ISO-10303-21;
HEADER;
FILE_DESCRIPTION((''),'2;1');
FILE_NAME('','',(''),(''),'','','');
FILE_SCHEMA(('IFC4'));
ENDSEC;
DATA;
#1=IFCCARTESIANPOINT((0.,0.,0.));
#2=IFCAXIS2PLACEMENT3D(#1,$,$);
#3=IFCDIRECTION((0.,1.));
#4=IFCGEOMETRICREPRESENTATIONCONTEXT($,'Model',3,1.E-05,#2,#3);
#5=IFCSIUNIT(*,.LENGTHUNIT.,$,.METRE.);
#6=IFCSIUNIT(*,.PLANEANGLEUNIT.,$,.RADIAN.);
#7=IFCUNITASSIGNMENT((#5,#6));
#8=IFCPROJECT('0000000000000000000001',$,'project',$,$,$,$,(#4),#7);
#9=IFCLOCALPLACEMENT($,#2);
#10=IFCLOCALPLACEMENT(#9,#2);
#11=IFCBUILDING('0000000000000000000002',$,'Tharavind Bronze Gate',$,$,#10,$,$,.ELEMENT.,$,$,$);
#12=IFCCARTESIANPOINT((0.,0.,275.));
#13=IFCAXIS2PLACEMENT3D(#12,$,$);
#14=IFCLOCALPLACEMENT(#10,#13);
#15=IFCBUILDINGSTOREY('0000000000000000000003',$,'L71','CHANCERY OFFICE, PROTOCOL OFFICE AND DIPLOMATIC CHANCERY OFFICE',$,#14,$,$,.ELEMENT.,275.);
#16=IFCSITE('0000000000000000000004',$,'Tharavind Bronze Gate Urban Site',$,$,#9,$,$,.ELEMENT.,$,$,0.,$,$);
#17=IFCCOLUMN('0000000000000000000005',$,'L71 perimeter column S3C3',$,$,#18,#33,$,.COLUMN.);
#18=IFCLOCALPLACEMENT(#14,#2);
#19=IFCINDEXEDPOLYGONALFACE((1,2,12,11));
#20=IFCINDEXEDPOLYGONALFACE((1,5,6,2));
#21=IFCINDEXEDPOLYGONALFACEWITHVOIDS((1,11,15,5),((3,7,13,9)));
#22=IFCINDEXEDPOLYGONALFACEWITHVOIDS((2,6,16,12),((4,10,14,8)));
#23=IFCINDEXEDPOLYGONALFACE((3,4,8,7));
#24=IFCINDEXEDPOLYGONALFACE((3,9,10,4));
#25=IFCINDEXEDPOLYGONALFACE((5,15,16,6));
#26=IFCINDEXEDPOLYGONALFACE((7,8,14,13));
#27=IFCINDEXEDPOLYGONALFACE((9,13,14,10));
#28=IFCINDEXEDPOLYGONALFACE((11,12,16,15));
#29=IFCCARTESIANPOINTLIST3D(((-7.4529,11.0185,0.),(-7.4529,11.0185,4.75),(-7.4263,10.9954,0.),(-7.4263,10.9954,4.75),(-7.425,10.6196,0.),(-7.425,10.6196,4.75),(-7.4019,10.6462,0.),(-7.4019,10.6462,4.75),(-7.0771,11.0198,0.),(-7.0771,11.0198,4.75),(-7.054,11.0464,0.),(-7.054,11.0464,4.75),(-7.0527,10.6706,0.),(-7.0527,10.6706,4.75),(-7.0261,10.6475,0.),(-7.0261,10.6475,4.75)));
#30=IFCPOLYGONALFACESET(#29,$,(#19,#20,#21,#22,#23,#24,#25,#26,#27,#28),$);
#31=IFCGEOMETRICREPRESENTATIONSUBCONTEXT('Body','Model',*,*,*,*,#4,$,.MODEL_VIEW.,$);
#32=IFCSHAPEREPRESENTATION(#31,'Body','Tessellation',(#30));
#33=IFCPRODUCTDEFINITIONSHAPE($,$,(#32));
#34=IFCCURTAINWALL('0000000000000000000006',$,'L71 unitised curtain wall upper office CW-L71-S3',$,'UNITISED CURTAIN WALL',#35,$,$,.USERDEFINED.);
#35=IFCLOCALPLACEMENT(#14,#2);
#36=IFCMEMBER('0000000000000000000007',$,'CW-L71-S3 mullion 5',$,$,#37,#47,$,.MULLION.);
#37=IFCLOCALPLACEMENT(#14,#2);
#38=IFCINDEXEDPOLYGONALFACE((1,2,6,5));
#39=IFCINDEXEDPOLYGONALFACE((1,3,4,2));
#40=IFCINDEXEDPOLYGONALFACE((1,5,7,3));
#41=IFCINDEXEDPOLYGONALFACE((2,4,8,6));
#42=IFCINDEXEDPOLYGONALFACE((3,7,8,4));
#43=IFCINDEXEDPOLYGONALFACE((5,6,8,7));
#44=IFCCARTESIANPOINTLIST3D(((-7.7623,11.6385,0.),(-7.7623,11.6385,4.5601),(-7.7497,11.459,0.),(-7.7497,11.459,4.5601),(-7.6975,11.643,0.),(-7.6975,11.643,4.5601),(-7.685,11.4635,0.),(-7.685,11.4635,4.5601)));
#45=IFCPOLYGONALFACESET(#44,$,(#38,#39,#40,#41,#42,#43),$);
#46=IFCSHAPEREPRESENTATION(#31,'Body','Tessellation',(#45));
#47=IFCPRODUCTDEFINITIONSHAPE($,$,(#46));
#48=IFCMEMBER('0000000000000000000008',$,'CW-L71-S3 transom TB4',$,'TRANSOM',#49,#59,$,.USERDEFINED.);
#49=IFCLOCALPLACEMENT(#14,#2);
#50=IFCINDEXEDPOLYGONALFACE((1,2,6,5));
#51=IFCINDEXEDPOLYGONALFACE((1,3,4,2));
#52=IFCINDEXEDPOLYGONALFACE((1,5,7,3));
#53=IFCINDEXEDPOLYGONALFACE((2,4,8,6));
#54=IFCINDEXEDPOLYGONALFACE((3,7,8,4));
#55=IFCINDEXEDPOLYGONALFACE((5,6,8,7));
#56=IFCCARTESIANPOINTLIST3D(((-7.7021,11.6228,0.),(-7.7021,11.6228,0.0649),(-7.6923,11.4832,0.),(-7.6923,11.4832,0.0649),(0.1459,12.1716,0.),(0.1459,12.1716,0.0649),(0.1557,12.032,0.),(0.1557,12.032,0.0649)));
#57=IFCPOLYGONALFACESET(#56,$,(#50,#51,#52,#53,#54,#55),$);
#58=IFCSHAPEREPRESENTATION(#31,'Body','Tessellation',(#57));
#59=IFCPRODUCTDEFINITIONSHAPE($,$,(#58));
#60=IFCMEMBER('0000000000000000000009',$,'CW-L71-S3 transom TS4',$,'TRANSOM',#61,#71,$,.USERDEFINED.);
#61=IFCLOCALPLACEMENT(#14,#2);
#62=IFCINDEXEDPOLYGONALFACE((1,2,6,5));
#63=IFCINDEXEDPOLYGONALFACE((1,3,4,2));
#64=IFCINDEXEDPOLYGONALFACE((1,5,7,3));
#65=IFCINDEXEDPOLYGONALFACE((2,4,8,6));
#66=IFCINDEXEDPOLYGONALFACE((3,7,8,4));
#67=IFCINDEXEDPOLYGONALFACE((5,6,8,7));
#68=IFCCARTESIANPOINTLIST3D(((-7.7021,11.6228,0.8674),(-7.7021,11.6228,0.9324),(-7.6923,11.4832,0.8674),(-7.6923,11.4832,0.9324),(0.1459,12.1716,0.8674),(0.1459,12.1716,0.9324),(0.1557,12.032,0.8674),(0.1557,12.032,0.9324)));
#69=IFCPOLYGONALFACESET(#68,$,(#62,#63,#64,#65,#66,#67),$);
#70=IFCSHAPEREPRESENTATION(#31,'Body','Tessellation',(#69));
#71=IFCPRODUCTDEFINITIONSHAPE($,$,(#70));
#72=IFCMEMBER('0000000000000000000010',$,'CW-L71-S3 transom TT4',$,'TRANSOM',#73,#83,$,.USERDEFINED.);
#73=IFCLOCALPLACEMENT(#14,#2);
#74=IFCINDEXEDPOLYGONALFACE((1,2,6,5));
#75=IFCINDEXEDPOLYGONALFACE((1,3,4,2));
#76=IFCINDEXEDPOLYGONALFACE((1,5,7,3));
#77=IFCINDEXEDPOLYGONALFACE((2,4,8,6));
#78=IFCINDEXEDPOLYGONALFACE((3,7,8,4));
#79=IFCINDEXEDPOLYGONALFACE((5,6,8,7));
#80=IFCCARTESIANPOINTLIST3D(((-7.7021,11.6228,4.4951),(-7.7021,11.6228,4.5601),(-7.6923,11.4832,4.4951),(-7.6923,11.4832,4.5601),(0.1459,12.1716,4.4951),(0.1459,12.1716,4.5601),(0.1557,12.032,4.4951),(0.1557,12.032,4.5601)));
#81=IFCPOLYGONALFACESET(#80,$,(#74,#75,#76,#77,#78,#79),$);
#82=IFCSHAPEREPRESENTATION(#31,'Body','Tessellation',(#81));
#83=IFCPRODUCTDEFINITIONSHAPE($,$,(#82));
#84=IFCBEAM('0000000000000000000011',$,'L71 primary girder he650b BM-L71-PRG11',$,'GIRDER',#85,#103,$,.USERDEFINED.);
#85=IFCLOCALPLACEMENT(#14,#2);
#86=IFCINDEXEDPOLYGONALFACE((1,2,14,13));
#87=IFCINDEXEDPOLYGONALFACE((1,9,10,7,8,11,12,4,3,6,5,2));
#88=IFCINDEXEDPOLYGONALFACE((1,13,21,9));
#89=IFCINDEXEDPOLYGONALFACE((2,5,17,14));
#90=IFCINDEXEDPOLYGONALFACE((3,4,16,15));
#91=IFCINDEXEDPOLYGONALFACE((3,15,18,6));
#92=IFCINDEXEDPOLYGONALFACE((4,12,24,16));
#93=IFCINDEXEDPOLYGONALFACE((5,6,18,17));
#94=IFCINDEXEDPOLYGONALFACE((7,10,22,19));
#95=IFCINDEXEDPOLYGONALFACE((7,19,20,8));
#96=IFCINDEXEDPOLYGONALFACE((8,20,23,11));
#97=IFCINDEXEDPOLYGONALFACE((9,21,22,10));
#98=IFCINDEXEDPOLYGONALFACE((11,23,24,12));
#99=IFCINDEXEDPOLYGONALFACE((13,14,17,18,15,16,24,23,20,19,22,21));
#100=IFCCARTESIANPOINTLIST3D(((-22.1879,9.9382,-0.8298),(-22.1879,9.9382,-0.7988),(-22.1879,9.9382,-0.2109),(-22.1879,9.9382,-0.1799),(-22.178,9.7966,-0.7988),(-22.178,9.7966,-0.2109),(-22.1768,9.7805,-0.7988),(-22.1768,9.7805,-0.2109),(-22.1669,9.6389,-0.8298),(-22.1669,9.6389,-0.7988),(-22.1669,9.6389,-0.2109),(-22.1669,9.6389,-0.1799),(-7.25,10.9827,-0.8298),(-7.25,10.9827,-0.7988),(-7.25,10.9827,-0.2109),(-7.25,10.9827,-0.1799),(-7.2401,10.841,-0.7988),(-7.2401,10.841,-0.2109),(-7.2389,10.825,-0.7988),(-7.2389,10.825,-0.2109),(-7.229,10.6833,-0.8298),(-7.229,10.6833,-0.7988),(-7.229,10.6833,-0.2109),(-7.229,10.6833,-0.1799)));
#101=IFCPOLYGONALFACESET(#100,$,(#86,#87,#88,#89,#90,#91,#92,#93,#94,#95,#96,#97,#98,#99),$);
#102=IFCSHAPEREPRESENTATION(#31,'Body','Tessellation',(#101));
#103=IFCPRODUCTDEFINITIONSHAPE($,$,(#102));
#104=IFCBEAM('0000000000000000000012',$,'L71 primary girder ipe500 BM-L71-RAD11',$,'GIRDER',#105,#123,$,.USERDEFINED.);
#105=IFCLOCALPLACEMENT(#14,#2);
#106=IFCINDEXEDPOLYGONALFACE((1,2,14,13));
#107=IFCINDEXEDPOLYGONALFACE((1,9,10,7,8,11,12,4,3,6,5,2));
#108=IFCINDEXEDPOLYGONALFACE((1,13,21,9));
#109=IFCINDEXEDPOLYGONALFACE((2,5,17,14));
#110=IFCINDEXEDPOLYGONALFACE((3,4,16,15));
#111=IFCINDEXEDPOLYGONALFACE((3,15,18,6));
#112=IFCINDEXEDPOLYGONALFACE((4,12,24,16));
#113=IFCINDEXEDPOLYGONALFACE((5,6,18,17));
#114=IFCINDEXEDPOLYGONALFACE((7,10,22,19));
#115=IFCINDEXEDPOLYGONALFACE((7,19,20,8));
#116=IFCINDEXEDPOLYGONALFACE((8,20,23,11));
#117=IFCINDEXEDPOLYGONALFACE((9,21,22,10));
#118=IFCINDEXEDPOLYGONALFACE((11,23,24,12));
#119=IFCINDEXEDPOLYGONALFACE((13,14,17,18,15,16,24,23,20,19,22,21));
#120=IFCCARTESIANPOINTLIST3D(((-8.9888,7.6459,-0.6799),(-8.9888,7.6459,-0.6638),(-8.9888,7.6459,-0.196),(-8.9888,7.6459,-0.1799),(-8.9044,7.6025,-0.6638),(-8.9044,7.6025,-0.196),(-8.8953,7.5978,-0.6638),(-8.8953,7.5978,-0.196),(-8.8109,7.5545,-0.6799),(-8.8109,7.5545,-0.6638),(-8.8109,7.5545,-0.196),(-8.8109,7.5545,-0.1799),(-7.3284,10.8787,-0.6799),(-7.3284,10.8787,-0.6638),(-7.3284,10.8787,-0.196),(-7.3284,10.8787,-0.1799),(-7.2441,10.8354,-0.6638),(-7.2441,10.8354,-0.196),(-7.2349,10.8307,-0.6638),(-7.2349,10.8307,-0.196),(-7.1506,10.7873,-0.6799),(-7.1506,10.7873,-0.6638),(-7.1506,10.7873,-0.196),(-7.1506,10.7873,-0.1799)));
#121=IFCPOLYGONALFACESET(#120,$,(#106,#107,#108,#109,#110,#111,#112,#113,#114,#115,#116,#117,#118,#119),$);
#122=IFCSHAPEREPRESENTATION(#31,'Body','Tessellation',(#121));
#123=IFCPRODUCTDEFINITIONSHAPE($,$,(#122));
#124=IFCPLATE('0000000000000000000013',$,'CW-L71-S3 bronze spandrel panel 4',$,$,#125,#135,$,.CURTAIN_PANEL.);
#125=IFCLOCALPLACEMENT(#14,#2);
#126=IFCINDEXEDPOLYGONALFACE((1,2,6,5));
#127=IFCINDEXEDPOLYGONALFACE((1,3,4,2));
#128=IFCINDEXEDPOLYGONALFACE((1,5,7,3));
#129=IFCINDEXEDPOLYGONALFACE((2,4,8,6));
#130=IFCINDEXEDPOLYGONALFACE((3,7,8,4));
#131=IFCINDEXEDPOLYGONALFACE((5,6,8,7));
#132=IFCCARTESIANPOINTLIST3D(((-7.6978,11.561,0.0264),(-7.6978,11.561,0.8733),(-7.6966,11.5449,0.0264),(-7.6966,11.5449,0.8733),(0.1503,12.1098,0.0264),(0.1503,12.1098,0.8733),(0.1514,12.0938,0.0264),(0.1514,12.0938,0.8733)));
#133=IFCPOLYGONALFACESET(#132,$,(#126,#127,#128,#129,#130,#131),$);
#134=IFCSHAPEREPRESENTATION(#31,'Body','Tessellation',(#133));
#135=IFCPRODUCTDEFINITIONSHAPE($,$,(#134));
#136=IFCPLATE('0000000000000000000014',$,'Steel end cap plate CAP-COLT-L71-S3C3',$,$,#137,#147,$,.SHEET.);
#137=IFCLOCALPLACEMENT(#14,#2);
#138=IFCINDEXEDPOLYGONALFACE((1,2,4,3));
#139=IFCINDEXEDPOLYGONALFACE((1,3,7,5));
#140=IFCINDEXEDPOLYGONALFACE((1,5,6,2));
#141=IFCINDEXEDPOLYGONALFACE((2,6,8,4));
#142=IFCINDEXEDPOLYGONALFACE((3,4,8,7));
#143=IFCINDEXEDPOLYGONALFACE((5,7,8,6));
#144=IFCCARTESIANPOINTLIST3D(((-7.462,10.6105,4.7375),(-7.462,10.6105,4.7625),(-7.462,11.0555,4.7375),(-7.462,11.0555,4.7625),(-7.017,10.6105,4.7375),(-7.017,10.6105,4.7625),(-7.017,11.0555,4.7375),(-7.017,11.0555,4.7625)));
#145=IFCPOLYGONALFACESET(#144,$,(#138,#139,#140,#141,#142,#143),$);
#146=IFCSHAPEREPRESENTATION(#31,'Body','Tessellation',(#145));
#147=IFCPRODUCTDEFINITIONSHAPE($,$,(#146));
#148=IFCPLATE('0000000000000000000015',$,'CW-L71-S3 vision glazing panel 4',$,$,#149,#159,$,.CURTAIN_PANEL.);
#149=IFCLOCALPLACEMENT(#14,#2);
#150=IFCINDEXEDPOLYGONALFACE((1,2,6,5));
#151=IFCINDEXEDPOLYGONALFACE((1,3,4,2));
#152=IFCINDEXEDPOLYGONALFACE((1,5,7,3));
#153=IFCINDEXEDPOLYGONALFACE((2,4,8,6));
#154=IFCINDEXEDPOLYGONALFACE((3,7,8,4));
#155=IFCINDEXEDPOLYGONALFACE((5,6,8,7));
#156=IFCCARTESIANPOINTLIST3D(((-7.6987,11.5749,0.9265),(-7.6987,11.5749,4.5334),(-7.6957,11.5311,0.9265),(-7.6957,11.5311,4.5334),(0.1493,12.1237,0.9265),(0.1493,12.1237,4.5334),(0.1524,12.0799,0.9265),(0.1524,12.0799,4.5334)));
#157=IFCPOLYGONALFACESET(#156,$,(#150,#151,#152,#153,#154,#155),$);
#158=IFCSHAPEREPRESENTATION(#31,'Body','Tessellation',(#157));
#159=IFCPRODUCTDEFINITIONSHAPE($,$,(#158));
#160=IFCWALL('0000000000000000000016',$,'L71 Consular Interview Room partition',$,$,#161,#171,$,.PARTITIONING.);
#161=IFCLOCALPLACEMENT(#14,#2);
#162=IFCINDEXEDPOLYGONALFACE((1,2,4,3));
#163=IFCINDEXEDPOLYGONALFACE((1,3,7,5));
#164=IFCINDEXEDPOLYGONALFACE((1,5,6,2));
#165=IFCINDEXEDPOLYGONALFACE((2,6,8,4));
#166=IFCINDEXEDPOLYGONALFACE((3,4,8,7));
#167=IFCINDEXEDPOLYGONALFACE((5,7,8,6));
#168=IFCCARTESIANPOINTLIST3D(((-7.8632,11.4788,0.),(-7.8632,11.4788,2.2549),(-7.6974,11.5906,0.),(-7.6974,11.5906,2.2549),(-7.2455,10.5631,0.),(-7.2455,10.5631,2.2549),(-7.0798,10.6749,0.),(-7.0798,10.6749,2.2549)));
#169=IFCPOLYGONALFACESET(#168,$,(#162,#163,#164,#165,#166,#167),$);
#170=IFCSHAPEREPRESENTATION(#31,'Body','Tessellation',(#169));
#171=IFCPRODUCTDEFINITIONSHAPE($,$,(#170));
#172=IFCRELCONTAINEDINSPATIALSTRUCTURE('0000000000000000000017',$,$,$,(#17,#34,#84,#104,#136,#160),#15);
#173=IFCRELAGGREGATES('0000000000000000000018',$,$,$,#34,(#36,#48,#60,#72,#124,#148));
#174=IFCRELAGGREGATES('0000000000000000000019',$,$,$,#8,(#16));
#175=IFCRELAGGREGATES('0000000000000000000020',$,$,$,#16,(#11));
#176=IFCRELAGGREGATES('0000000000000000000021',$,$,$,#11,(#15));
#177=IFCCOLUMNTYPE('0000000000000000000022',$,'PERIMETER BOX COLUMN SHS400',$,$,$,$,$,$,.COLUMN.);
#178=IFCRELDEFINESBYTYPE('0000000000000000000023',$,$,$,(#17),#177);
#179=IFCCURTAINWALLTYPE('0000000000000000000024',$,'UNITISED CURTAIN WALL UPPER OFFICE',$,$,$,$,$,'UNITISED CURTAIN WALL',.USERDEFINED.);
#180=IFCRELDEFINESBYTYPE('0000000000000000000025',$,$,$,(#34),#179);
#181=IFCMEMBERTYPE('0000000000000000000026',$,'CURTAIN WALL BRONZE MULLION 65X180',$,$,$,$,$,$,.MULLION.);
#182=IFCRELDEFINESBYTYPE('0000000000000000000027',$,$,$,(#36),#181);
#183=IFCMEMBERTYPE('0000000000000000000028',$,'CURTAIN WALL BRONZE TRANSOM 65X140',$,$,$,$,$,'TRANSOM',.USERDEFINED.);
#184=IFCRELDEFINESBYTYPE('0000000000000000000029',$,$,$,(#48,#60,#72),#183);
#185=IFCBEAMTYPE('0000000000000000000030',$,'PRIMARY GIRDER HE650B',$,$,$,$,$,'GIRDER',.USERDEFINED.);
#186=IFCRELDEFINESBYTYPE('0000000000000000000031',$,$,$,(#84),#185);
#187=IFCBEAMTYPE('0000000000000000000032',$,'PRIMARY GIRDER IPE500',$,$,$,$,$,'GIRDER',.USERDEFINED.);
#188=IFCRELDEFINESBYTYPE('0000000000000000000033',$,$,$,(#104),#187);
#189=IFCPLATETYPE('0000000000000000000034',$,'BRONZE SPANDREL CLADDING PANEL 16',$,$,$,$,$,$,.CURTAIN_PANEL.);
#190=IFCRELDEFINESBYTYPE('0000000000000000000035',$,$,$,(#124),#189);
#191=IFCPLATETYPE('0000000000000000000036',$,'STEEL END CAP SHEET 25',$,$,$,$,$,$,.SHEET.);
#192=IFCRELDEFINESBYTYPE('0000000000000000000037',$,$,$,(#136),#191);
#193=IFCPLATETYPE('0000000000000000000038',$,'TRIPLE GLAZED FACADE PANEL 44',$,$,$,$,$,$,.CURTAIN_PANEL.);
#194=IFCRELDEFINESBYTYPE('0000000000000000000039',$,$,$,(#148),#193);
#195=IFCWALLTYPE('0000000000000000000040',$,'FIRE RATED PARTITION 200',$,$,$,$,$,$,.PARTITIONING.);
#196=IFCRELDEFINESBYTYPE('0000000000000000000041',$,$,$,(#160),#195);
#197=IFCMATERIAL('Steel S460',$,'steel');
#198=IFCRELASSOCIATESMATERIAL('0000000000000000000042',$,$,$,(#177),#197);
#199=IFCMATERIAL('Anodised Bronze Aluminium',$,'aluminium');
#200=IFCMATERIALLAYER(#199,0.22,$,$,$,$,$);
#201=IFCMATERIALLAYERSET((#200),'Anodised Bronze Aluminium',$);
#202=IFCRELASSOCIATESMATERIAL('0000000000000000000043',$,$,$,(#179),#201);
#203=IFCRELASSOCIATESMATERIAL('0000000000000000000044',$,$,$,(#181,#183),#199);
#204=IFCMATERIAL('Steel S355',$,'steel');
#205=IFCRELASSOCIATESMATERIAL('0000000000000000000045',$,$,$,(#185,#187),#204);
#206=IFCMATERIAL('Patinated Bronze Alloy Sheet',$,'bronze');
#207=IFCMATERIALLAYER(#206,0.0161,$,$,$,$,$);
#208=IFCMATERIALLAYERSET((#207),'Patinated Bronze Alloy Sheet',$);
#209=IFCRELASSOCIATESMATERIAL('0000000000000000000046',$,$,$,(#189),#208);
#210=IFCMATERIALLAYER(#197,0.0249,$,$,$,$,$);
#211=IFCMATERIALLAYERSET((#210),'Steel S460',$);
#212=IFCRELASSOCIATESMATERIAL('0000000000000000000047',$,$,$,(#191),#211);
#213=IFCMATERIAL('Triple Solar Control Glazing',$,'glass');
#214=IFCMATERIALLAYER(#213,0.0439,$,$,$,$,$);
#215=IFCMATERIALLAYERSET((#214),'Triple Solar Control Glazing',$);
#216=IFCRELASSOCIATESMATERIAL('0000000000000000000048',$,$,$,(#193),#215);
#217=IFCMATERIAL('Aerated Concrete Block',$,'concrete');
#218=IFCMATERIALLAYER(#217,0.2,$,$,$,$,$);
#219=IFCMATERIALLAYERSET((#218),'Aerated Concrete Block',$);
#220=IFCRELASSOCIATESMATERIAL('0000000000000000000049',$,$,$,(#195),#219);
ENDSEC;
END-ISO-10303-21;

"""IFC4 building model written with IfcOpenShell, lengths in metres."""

from ifc_helpers import new_model, si_unit, direction, frame, frame_2d, origin, origin_2d, place, context, subcontext, project, spatial, rectangle, hollow_rectangle, i_section, extrude, material, layer, layer_set, material_profile, profile_set, type_object, element, aggregate, save


model = new_model("IFC4")

# Units and contexts
model_context = context("Model", 3, precision=1e-05, world=origin(), true_north=direction((0.0, 1.0)))
body_context = subcontext(model_context, "Body", "Model", "MODEL_VIEW")
ifc_project = project(units=[si_unit("LENGTHUNIT", "METRE"), si_unit("PLANEANGLEUNIT", "RADIAN")], contexts=[model_context])

# Site, building, storey
site_placement = place(None, origin())
site = spatial("IfcSite", under=ifc_project, at=site_placement, Name="Tharavind Bronze Gate Urban Site", CompositionType="ELEMENT", RefElevation=0.0)
building_placement = place(site_placement, origin())
building = spatial("IfcBuilding", under=site, at=building_placement, Name="Tharavind Bronze Gate", CompositionType="ELEMENT")
storey_placement = place(building_placement, frame((0.0, 0.0, 275.0)))
storey = spatial("IfcBuildingStorey", under=building, at=storey_placement, Name="L71", Description="CHANCERY OFFICE, PROTOCOL OFFICE AND DIPLOMATIC CHANCERY OFFICE", CompositionType="ELEMENT", Elevation=275.0)

# Column
ifc_material_1 = material(Name="Steel S460", Category="steel")
ifc_material_profile_1 = material_profile(ifc_material_1, hollow_rectangle(XDim=0.3999, YDim=0.3999, WallThickness=0.0249, at=origin_2d()), Name="SHS400X25")
ifc_profile_set_1 = profile_set([ifc_material_profile_1], Name="Steel S460")
column_type = type_object("IfcColumnType", Name="PERIMETER BOX COLUMN SHS400", PredefinedType="COLUMN", material=ifc_profile_set_1)
column_placement = place(storey_placement, frame((-7.2395, 10.833, 0.0), z_axis=(0.0, 0.0, 1.0), x_axis=(0.997564, 0.069758, 0.0)))
element("IfcColumn", 1, at=column_placement, inside=storey, type_object=column_type, Name="L71 perimeter column S3C3", PredefinedType="COLUMN", context=body_context, shape_type="SweptSolid", body=[
    extrude(hollow_rectangle(XDim=0.3999, YDim=0.3999, WallThickness=0.0249, at=origin_2d()), origin(), (0.0, 0.0, 1.0), 4.75),
])

# Curtain wall, members
ifc_material_2 = material(Name="Anodised Bronze Aluminium", Category="aluminium")
ifc_layer_1 = layer(ifc_material_2, 0.22)
ifc_layer_set_1 = layer_set([ifc_layer_1], Name="Anodised Bronze Aluminium")
curtain_wall_type = type_object("IfcCurtainWallType", Name="UNITISED CURTAIN WALL UPPER OFFICE", ElementType="UNITISED CURTAIN WALL", PredefinedType="USERDEFINED", material=ifc_layer_set_1)
curtain_wall_placement = place(storey_placement, origin())
curtain_wall = element("IfcCurtainWall", 2, at=curtain_wall_placement, inside=storey, type_object=curtain_wall_type, Name="L71 unitised curtain wall upper office CW-L71-S3", ObjectType="UNITISED CURTAIN WALL", PredefinedType="USERDEFINED")
member_type_1 = type_object("IfcMemberType", Name="CURTAIN WALL BRONZE MULLION 65X180", PredefinedType="MULLION", material=ifc_material_2)
member_1_placement = place(storey_placement, frame((-7.7236, 11.551, 0.0), z_axis=(0.0, 0.0, 1.0), x_axis=(-0.997564, -0.06976, 0.0)))
member_1 = element("IfcMember", 3, at=member_1_placement, type_object=member_type_1, Name="CW-L71-S3 mullion 5", PredefinedType="MULLION", context=body_context, shape_type="SweptSolid", body=[
    extrude(rectangle(XDim=0.0649, YDim=0.1799, at=origin_2d()), origin(), (0.0, 0.0, 1.0), 4.5601),
])
member_type_2 = type_object("IfcMemberType", Name="CURTAIN WALL BRONZE TRANSOM 65X140", ElementType="TRANSOM", PredefinedType="USERDEFINED", material=ifc_material_2)
member_2_placement = place(storey_placement, frame((-3.7732, 11.8274, 0.0), z_axis=(0.0, 0.0, 1.0), x_axis=(-0.997564, -0.06976, 0.0)))
member_2 = element("IfcMember", 4, at=member_2_placement, type_object=member_type_2, Name="CW-L71-S3 transom TB4", ObjectType="TRANSOM", PredefinedType="USERDEFINED", context=body_context, shape_type="SweptSolid", body=[
    extrude(rectangle(XDim=7.8672, YDim=0.1399, at=origin_2d()), origin(), (0.0, 0.0, 1.0), 0.0649),
])
member_3_placement = place(storey_placement, frame((-3.7732, 11.8274, 0.8674), z_axis=(0.0, 0.0, 1.0), x_axis=(-0.997564, -0.06976, 0.0)))
member_3 = element("IfcMember", 5, at=member_3_placement, type_object=member_type_2, Name="CW-L71-S3 transom TS4", ObjectType="TRANSOM", PredefinedType="USERDEFINED", context=body_context, shape_type="SweptSolid", body=[
    extrude(rectangle(XDim=7.8672, YDim=0.1399, at=origin_2d()), origin(), (0.0, 0.0, 1.0), 0.0649),
])
member_4_placement = place(storey_placement, frame((-3.7732, 11.8274, 4.4951), z_axis=(0.0, 0.0, 1.0), x_axis=(-0.997564, -0.06976, 0.0)))
member_4 = element("IfcMember", 6, at=member_4_placement, type_object=member_type_2, Name="CW-L71-S3 transom TT4", ObjectType="TRANSOM", PredefinedType="USERDEFINED", context=body_context, shape_type="SweptSolid", body=[
    extrude(rectangle(XDim=7.8672, YDim=0.1399, at=origin_2d()), origin(), (0.0, 0.0, 1.0), 0.0649),
])

# Beams
ifc_material_3 = material(Name="Steel S355", Category="steel")
ifc_material_profile_2 = material_profile(ifc_material_3, i_section(OverallWidth=0.3, OverallDepth=0.6499, WebThickness=0.0161, FlangeThickness=0.031, at=origin_2d()), Name="HE650B")
ifc_profile_set_2 = profile_set([ifc_material_profile_2], Name="Steel S355")
beam_type_1 = type_object("IfcBeamType", Name="PRIMARY GIRDER HE650B", ElementType="GIRDER", PredefinedType="USERDEFINED", material=ifc_profile_set_2)
beam_1_placement = place(storey_placement, frame((-7.2395, 10.833, -0.5049), z_axis=(-0.997565, -0.069748, 0.0), x_axis=(0.069748, -0.997565, 0.0)))
element("IfcBeam", 7, at=beam_1_placement, inside=storey, type_object=beam_type_1, Name="L71 primary girder he650b BM-L71-PRG11", ObjectType="GIRDER", PredefinedType="USERDEFINED", context=body_context, shape_type="SweptSolid", body=[
    extrude(i_section(OverallWidth=0.3, OverallDepth=0.6499, WebThickness=0.0161, FlangeThickness=0.031, at=origin_2d()), origin(), (0.0, 0.0, 1.0), 14.9744),
])
ifc_material_profile_3 = material_profile(ifc_material_3, i_section(OverallWidth=0.2, OverallDepth=0.5, WebThickness=0.0103, FlangeThickness=0.0161, at=origin_2d()), Name="IPE500")
ifc_profile_set_3 = profile_set([ifc_material_profile_3], Name="Steel S355")
beam_type_2 = type_object("IfcBeamType", Name="PRIMARY GIRDER IPE500", ElementType="GIRDER", PredefinedType="USERDEFINED", material=ifc_profile_set_3)
beam_2_placement = place(storey_placement, frame((-7.2395, 10.833, -0.4299), z_axis=(-0.456861, -0.889538, 0.0), x_axis=(0.889538, -0.456861, 0.0)))
element("IfcBeam", 8, at=beam_2_placement, inside=storey, type_object=beam_type_2, Name="L71 primary girder ipe500 BM-L71-RAD11", ObjectType="GIRDER", PredefinedType="USERDEFINED", context=body_context, shape_type="SweptSolid", body=[
    extrude(i_section(OverallWidth=0.2, OverallDepth=0.5, WebThickness=0.0103, FlangeThickness=0.0161, at=origin_2d()), origin(), (0.0, 0.0, 1.0), 3.6343),
])

# Plates
ifc_material_4 = material(Name="Patinated Bronze Alloy Sheet", Category="bronze")
ifc_layer_2 = layer(ifc_material_4, 0.0161)
ifc_layer_set_2 = layer_set([ifc_layer_2], Name="Patinated Bronze Alloy Sheet")
plate_type_1 = type_object("IfcPlateType", Name="BRONZE SPANDREL CLADDING PANEL 16", PredefinedType="CURTAIN_PANEL", material=ifc_layer_set_2)
plate_1_placement = place(storey_placement, frame((-3.7732, 11.8274, 0.0264), z_axis=(0.0, 0.0, 1.0), x_axis=(-0.997564, -0.06976, 0.0)))
plate_1 = element("IfcPlate", 9, at=plate_1_placement, type_object=plate_type_1, Name="CW-L71-S3 bronze spandrel panel 4", PredefinedType="CURTAIN_PANEL", context=body_context, shape_type="SweptSolid", body=[
    extrude(rectangle(XDim=7.8672, YDim=0.0161, at=origin_2d()), origin(), (0.0, 0.0, 1.0), 0.8469),
])
ifc_layer_3 = layer(ifc_material_1, 0.0249)
ifc_layer_set_3 = layer_set([ifc_layer_3], Name="Steel S460")
plate_type_2 = type_object("IfcPlateType", Name="STEEL END CAP SHEET 25", PredefinedType="SHEET", material=ifc_layer_set_3)
plate_2_placement = place(storey_placement, frame((-7.2395, 10.833, 4.7375), z_axis=(0.0, 0.0, 1.0), x_axis=(1.0, 0.0, 0.0)))
element("IfcPlate", 10, at=plate_2_placement, inside=storey, type_object=plate_type_2, Name="Steel end cap plate CAP-COLT-L71-S3C3", PredefinedType="SHEET", context=body_context, shape_type="SweptSolid", body=[
    extrude(rectangle(XDim=0.4451, YDim=0.4451, at=origin_2d()), origin(), (0.0, 0.0, 1.0), 0.0249),
])
ifc_material_5 = material(Name="Triple Solar Control Glazing", Category="glass")
ifc_layer_4 = layer(ifc_material_5, 0.0439)
ifc_layer_set_4 = layer_set([ifc_layer_4], Name="Triple Solar Control Glazing")
plate_type_3 = type_object("IfcPlateType", Name="TRIPLE GLAZED FACADE PANEL 44", PredefinedType="CURTAIN_PANEL", material=ifc_layer_set_4)
plate_3_placement = place(storey_placement, frame((-3.7732, 11.8274, 0.9265), z_axis=(0.0, 0.0, 1.0), x_axis=(-0.997564, -0.06976, 0.0)))
plate_3 = element("IfcPlate", 11, at=plate_3_placement, type_object=plate_type_3, Name="CW-L71-S3 vision glazing panel 4", PredefinedType="CURTAIN_PANEL", context=body_context, shape_type="SweptSolid", body=[
    extrude(rectangle(XDim=7.8672, YDim=0.0439, at=origin_2d()), origin(), (0.0, 0.0, 1.0), 3.6069),
])
aggregate(curtain_wall, [member_1, member_2, member_3, member_4, plate_1, plate_3])

# Wall
ifc_material_6 = material(Name="Aerated Concrete Block", Category="concrete")
ifc_layer_5 = layer(ifc_material_6, 0.2)
ifc_layer_set_5 = layer_set([ifc_layer_5], Name="Aerated Concrete Block")
wall_type_1 = type_object("IfcWallType", Name="FIRE RATED PARTITION 200", PredefinedType="PARTITIONING", material=ifc_layer_set_5)
wall_1_placement = place(storey_placement, frame((-7.7803, 11.5347, 0.0), z_axis=(0.0, 0.0, 1.0), x_axis=(0.559181, -0.829046, 0.0)))
element("IfcWall", 12, at=wall_1_placement, inside=storey, type_object=wall_type_1, Name="L71 Consular Interview Room partition", PredefinedType="PARTITIONING", context=body_context, shape_type="SweptSolid", body=[
    extrude(rectangle(XDim=1.1045, YDim=0.2, at=frame_2d((0.5522, 0.0))), origin(), (0.0, 0.0, 1.0), 2.2549),
])

save(model, "model.ifc")
